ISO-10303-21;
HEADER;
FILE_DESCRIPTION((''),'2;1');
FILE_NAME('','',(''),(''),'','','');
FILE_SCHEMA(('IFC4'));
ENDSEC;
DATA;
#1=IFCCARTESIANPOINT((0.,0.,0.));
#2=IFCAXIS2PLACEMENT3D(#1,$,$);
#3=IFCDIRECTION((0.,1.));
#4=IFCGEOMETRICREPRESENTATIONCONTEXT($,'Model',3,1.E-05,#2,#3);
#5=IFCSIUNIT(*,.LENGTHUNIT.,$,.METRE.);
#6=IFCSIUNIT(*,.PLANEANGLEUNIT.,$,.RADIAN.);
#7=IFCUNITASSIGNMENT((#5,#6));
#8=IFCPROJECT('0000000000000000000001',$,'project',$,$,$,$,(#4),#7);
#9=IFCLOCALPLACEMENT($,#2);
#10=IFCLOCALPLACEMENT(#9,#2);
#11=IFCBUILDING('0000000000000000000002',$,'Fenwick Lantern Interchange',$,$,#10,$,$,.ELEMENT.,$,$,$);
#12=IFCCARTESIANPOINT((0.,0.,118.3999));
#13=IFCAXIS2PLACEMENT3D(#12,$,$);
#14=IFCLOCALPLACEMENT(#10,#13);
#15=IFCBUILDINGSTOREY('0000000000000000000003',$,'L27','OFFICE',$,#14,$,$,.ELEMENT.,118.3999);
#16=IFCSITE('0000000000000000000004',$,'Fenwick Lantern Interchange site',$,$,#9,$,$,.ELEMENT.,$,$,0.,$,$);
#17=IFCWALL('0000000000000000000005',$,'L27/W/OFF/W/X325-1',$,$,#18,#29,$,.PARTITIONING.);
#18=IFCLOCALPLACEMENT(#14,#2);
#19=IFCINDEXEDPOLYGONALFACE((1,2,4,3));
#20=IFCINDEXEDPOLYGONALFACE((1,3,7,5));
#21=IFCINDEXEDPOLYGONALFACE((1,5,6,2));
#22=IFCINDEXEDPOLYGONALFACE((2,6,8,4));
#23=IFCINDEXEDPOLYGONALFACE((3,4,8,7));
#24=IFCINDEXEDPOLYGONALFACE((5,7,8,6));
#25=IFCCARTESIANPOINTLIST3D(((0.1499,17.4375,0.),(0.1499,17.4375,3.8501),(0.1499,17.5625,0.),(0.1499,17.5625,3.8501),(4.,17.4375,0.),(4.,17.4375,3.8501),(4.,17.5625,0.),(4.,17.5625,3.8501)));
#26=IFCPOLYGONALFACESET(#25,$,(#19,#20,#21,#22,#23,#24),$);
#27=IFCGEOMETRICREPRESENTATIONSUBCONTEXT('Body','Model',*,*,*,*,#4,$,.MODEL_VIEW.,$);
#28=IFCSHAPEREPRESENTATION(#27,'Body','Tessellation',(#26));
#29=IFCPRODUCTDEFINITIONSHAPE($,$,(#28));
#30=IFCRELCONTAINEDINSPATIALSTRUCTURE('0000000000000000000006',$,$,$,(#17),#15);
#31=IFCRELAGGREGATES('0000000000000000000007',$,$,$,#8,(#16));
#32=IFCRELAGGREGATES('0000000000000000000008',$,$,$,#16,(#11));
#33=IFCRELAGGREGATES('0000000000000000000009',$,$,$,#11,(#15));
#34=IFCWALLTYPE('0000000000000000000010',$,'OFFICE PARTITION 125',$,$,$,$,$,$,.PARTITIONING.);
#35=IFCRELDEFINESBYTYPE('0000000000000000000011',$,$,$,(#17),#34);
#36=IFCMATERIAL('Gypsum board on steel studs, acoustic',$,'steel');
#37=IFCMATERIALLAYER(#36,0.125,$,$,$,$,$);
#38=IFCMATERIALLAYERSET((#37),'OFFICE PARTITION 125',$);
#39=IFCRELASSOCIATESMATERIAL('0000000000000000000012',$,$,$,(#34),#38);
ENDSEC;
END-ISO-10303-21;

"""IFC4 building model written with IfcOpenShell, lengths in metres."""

from ifc_helpers import new_model, si_unit, direction, frame, frame_2d, origin, place, context, subcontext, project, spatial, rectangle, extrude, material, layer, layer_set, type_object, element, save


model = new_model("IFC4")

# Units and contexts
model_context = context("Model", 3, precision=1e-05, world=origin(), true_north=direction((0.0, 1.0)))
body_context = subcontext(model_context, "Body", "Model", "MODEL_VIEW")
ifc_project = project(units=[si_unit("LENGTHUNIT", "METRE"), si_unit("PLANEANGLEUNIT", "RADIAN")], contexts=[model_context])

# Site, building, storey
site_placement = place(None, origin())
site = spatial("IfcSite", under=ifc_project, at=site_placement, Name="Fenwick Lantern Interchange site", CompositionType="ELEMENT", RefElevation=0.0)
building_placement = place(site_placement, origin())
building = spatial("IfcBuilding", under=site, at=building_placement, Name="Fenwick Lantern Interchange", CompositionType="ELEMENT")
storey_placement = place(building_placement, frame((0.0, 0.0, 118.3999)))
storey = spatial("IfcBuildingStorey", under=building, at=storey_placement, Name="L27", Description="OFFICE", CompositionType="ELEMENT", Elevation=118.3999)

# Wall
ifc_material_1 = material(Name="Gypsum board on steel studs, acoustic", Category="steel")
ifc_layer_1 = layer(ifc_material_1, 0.125)
ifc_layer_set_1 = layer_set([ifc_layer_1], Name="OFFICE PARTITION 125")
wall_type_1 = type_object("IfcWallType", Name="OFFICE PARTITION 125", PredefinedType="PARTITIONING", material=ifc_layer_set_1)
for number, where, z_axis, x_axis, name in (
    (1, (0.1499, 17.5, 0.0), (0.0, 0.0, 1.0), (1.0, 0.0, 0.0), "L27/W/OFF/W/X325-1"),
):
    element("IfcWall", number, at=place(storey_placement, frame(where, z_axis=z_axis, x_axis=x_axis)), inside=storey, type_object=wall_type_1, Name=name, PredefinedType="PARTITIONING", context=body_context, shape_type="SweptSolid", body=[
        extrude(rectangle(XDim=3.8501, YDim=0.125, at=frame_2d((1.925, 0.0))), origin(), (0.0, 0.0, 1.0), 3.8501),
    ])

save(model, "model.ifc")
